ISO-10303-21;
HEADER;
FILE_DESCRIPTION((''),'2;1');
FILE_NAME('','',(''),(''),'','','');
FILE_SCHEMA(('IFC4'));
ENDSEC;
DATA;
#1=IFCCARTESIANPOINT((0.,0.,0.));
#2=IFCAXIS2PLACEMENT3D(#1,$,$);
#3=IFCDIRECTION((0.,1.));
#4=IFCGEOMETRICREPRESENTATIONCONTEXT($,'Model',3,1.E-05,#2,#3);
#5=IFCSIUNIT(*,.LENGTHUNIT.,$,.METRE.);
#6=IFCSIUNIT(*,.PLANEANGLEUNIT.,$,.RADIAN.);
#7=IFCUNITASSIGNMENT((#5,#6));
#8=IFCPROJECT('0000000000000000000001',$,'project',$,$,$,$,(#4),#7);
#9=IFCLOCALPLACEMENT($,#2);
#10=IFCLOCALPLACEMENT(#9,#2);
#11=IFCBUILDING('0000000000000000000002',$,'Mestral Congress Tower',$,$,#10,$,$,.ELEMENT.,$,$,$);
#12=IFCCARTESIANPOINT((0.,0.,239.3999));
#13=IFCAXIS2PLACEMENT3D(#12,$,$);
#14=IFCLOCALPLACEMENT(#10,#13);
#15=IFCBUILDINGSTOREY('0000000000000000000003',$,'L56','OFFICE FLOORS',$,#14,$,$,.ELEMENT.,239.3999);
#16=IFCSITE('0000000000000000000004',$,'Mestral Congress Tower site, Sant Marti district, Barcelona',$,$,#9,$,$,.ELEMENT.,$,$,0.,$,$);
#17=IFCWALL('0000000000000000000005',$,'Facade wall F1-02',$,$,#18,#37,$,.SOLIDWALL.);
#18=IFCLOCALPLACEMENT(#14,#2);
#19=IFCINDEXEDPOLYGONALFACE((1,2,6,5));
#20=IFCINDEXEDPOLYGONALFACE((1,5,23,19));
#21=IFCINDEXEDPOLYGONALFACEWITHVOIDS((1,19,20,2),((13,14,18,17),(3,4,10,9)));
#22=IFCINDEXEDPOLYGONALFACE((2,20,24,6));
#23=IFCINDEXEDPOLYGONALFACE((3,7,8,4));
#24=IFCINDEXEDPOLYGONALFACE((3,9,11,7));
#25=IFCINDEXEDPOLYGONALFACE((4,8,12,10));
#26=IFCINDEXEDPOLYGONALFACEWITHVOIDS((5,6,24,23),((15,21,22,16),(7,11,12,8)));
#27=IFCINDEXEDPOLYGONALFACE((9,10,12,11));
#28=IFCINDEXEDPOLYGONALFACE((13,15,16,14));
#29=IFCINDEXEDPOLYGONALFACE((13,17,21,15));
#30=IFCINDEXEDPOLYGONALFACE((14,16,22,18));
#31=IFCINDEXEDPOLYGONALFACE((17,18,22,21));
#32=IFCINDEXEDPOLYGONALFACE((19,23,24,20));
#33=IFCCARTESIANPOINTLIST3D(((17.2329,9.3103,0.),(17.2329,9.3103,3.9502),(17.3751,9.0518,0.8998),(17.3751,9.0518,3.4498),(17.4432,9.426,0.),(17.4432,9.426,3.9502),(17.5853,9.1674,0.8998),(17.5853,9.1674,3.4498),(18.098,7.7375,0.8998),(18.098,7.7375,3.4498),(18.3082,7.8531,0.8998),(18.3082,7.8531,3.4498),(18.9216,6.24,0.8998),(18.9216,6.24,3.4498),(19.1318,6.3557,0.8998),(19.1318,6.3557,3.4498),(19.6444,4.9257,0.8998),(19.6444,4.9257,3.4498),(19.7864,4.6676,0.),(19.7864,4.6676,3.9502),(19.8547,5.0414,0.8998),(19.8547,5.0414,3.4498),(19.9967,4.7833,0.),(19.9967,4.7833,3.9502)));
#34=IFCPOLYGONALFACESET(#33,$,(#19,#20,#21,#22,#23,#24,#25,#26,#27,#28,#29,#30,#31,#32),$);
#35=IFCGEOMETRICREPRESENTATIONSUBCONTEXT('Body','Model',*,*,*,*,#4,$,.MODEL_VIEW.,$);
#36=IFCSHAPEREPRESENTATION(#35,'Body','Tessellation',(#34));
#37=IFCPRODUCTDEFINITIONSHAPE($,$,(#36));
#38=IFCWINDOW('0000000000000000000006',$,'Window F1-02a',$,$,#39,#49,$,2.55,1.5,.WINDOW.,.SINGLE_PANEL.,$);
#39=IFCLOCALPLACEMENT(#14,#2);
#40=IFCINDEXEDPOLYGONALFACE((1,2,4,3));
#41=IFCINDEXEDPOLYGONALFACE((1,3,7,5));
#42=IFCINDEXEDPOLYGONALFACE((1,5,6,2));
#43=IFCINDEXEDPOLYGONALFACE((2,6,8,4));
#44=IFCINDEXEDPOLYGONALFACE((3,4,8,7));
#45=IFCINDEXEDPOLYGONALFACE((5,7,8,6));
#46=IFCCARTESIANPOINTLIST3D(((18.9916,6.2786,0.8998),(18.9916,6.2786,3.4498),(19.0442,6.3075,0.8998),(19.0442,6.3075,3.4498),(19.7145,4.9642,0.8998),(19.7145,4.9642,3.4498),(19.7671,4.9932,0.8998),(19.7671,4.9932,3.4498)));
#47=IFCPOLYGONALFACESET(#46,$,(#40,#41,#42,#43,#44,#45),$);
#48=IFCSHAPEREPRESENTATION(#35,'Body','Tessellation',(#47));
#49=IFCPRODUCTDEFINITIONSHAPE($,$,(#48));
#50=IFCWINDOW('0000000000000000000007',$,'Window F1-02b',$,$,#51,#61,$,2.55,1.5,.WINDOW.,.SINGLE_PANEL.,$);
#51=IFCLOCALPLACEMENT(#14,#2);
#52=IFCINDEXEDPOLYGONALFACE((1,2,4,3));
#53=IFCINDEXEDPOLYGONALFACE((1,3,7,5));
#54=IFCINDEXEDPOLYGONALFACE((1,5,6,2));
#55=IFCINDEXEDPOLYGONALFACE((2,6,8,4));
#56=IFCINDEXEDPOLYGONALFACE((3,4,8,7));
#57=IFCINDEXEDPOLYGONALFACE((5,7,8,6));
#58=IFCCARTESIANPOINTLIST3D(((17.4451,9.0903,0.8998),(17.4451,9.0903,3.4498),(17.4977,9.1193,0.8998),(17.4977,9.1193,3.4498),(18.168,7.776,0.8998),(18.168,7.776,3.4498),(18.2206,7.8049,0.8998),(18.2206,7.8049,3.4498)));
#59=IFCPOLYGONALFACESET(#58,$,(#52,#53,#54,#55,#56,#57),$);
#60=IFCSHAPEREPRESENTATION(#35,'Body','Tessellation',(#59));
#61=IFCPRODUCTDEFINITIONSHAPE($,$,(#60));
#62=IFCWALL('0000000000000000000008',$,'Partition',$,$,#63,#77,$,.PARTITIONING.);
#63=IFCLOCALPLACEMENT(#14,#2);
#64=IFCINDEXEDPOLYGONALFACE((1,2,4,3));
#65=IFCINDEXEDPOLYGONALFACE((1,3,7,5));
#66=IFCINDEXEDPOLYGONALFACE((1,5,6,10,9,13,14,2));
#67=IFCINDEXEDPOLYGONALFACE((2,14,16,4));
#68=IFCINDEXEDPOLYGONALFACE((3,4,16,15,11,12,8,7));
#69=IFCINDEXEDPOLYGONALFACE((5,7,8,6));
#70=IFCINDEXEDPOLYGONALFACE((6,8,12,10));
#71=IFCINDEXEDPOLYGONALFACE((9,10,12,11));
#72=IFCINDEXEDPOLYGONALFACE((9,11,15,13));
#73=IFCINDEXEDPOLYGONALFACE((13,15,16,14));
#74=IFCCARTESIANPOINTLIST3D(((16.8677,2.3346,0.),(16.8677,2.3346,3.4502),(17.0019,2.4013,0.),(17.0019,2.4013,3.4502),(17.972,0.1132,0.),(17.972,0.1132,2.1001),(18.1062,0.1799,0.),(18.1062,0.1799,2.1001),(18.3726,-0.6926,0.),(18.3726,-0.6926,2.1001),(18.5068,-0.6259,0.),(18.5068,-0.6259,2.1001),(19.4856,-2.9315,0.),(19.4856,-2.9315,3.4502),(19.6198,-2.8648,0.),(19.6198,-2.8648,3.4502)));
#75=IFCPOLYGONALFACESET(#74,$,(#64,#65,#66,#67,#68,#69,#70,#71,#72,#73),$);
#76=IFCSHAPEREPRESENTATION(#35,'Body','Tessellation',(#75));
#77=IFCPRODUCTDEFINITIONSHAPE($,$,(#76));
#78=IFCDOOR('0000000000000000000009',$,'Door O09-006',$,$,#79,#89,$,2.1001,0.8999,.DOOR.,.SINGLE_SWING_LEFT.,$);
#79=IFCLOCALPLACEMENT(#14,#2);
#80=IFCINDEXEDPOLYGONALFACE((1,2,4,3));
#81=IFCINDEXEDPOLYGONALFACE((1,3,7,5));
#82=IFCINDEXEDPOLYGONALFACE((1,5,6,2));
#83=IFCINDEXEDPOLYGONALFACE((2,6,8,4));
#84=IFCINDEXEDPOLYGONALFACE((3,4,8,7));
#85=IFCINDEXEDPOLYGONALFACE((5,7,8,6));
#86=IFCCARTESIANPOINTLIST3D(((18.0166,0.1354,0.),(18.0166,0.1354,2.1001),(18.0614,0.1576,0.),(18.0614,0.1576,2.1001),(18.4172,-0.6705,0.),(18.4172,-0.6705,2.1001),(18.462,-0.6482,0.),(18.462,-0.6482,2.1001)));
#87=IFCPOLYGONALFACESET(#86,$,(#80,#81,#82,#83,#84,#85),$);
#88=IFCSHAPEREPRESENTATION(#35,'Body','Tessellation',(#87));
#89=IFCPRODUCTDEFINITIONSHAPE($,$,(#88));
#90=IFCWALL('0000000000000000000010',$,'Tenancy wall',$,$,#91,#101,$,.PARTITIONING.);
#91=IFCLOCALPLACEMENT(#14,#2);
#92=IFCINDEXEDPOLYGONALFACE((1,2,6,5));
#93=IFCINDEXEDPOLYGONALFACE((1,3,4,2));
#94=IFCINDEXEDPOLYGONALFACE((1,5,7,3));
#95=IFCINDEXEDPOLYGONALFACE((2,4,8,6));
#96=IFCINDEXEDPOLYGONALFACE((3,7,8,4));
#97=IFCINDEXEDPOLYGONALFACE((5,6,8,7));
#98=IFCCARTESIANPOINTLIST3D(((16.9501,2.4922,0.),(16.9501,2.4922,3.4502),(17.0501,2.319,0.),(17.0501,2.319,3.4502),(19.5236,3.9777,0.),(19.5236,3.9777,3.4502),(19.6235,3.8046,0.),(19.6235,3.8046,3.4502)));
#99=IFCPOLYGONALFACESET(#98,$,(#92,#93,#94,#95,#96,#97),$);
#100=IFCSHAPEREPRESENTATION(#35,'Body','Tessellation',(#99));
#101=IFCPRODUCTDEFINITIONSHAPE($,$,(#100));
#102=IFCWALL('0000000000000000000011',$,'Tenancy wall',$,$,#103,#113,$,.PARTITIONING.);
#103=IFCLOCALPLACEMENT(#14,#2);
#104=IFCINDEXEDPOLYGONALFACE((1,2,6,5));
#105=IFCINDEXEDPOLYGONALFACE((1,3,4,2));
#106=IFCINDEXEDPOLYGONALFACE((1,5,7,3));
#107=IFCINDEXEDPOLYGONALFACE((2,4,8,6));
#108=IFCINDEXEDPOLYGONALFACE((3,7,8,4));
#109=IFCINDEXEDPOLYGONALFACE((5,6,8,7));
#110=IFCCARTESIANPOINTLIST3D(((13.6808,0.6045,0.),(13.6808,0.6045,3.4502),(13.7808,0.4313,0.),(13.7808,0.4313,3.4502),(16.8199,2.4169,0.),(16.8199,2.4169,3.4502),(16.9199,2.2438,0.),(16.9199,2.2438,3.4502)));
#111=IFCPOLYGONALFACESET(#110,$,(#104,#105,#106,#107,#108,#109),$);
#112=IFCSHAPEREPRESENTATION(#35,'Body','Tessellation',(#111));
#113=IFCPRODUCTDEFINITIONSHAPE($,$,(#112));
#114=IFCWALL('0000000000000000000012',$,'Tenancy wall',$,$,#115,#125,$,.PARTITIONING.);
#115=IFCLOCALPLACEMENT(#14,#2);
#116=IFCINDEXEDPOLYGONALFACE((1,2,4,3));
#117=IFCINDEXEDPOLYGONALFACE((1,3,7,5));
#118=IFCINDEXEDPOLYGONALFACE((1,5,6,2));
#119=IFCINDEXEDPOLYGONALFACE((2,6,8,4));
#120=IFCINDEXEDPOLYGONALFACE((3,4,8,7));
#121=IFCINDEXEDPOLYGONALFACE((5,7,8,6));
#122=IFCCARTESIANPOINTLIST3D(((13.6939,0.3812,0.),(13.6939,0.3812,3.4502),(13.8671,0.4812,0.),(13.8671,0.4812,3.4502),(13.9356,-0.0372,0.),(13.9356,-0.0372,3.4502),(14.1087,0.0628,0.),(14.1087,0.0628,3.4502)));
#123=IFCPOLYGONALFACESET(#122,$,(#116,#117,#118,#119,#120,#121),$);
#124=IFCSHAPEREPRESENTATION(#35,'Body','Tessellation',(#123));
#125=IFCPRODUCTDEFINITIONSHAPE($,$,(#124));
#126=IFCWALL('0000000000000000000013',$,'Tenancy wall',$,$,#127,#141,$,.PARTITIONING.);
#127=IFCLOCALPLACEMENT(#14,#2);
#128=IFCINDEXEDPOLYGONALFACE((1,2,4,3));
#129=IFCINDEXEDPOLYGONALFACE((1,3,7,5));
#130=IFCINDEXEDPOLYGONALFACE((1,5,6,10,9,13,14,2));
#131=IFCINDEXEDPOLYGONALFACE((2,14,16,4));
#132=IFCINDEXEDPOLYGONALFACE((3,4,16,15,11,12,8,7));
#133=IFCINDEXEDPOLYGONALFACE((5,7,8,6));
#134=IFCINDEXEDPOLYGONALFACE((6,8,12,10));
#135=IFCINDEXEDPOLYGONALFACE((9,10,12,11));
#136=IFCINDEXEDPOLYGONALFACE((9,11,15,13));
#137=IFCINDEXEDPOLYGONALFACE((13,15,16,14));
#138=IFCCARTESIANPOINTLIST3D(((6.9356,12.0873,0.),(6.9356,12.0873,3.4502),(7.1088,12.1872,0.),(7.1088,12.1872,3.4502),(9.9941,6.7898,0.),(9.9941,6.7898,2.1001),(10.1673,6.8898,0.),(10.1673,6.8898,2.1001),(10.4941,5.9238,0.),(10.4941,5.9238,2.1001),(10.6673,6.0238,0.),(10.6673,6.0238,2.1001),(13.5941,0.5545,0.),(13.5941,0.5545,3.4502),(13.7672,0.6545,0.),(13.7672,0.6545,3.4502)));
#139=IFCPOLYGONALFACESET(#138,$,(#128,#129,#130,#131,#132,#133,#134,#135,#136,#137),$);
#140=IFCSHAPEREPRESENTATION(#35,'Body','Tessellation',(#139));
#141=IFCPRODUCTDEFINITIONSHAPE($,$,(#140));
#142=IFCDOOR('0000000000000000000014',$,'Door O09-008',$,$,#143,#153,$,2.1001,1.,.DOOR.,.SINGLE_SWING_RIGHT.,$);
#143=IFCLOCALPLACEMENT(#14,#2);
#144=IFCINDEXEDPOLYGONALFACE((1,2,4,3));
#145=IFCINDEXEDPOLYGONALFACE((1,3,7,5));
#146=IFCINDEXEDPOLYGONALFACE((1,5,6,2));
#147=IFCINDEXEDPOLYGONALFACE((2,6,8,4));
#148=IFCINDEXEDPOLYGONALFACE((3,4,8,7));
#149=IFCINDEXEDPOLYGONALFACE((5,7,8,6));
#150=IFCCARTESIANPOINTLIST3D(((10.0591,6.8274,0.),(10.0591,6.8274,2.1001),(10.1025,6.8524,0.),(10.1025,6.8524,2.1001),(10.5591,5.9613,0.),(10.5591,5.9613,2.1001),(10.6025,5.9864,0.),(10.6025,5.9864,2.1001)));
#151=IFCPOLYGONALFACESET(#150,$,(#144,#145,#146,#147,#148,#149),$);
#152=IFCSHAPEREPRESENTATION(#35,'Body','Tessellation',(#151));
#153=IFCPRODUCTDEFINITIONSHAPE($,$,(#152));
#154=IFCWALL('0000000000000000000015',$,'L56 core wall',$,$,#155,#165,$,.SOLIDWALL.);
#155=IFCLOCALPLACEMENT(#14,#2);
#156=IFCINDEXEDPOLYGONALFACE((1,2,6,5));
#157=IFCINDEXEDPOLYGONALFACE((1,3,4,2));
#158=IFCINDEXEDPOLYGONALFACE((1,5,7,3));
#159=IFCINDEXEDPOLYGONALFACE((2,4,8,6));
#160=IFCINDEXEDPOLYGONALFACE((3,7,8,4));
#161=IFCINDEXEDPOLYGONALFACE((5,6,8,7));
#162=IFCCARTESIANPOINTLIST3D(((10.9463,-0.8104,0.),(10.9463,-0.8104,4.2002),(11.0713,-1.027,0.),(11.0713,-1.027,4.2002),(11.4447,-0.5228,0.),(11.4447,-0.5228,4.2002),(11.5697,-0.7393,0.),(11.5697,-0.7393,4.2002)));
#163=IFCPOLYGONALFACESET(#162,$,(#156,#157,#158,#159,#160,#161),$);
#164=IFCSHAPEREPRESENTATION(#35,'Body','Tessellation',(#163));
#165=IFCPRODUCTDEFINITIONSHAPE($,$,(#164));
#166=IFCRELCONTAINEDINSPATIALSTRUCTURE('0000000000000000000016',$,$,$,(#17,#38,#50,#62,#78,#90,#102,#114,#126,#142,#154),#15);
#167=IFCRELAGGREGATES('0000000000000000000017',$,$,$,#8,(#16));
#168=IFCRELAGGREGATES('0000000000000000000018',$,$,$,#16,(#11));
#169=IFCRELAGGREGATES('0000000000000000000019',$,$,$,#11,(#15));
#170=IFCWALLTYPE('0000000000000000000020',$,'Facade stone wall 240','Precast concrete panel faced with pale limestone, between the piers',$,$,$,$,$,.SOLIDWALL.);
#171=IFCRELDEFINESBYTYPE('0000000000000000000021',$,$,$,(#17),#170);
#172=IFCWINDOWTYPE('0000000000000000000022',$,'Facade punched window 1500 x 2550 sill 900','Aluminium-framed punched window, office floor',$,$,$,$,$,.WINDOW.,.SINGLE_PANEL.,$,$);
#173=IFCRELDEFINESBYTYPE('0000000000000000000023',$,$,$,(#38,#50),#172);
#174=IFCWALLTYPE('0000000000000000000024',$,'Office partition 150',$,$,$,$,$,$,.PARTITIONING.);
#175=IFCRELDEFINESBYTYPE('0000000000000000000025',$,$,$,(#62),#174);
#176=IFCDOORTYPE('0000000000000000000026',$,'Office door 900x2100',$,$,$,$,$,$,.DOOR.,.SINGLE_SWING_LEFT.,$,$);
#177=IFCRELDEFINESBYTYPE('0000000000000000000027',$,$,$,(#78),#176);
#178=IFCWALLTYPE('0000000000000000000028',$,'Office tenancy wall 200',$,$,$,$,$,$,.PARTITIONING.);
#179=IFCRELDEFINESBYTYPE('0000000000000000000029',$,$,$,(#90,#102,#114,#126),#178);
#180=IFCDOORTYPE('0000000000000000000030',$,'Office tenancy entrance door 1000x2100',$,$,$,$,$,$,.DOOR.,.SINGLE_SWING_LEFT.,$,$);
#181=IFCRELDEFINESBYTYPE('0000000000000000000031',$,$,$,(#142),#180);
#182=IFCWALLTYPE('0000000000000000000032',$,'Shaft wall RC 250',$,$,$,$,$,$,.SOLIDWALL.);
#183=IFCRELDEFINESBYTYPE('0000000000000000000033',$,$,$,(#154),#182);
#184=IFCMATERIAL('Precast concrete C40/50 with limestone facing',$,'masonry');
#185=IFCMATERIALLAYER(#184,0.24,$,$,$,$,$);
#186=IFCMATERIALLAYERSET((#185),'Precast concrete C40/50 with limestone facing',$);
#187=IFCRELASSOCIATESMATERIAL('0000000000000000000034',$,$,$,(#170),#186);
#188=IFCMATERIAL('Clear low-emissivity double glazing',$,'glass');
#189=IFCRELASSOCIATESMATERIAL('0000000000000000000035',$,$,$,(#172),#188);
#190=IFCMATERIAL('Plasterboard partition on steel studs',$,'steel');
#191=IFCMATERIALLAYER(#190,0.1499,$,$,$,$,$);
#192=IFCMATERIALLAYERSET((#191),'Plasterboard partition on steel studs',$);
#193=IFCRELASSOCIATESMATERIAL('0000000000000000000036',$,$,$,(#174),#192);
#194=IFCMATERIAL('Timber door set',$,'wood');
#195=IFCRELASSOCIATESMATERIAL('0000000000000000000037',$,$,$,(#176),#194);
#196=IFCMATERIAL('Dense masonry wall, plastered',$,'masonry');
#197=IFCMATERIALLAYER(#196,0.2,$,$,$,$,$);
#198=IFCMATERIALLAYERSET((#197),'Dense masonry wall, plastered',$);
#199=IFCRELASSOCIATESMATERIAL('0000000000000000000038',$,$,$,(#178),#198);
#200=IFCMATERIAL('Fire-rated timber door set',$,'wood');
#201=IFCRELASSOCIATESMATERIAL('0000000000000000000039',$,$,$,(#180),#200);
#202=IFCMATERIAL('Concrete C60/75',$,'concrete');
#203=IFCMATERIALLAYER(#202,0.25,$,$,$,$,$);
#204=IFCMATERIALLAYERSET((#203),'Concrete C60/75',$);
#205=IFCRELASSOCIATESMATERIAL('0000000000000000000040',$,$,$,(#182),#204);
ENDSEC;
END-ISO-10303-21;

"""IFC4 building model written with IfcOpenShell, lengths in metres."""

from ifc_helpers import new_model, si_unit, direction, frame, frame_2d, origin, place, context, subcontext, project, spatial, rectangle, extrude, material, layer, layer_set, type_object, element, fill, save


model = new_model("IFC4")

# Units and contexts
model_context = context("Model", 3, precision=1e-05, world=origin(), true_north=direction((0.0, 1.0)))
body_context = subcontext(model_context, "Body", "Model", "MODEL_VIEW")
ifc_project = project(units=[si_unit("LENGTHUNIT", "METRE"), si_unit("PLANEANGLEUNIT", "RADIAN")], contexts=[model_context])

# Site, building, storey
site_placement = place(None, origin())
site = spatial("IfcSite", under=ifc_project, at=site_placement, Name="Mestral Congress Tower site, Sant Marti district, Barcelona", CompositionType="ELEMENT", RefElevation=0.0)
building_placement = place(site_placement, origin())
building = spatial("IfcBuilding", under=site, at=building_placement, Name="Mestral Congress Tower", CompositionType="ELEMENT")
storey_placement = place(building_placement, frame((0.0, 0.0, 239.3999)))
storey = spatial("IfcBuildingStorey", under=building, at=storey_placement, Name="L56", Description="OFFICE FLOORS", CompositionType="ELEMENT", Elevation=239.3999)

# Shared definitions
ifc_material_1 = material(Name="Concrete C60/75", Category="concrete")

# Wall, openings, windows
ifc_material_2 = material(Name="Precast concrete C40/50 with limestone facing", Category="masonry")
ifc_layer_1 = layer(ifc_material_2, 0.24)
ifc_layer_set_1 = layer_set([ifc_layer_1], Name="Precast concrete C40/50 with limestone facing")
wall_type_1 = type_object("IfcWallType", Name="Facade stone wall 240", Description="Precast concrete panel faced with pale limestone, between the piers", PredefinedType="SOLIDWALL", material=ifc_layer_set_1)
ifc_material_3 = material(Name="Clear low-emissivity double glazing", Category="glass")
window_type = type_object("IfcWindowType", Name="Facade punched window 1500 x 2550 sill 900", Description="Aluminium-framed punched window, office floor", PartitioningType="SINGLE_PANEL", PredefinedType="WINDOW", material=ifc_material_3)
wall_1_placement = place(storey_placement, frame((19.8916, 4.7253, 0.0), z_axis=(0.0, 0.0, 1.0), x_axis=(-0.481926, 0.876212, 0.0)))
wall_1 = element("IfcWall", 1, at=wall_1_placement, inside=storey, type_object=wall_type_1, Name="Facade wall F1-02", PredefinedType="SOLIDWALL", context=body_context, shape_type="SweptSolid", body=[
    extrude(rectangle(XDim=5.2986, YDim=0.24, at=frame_2d((2.6494, 0.0))), origin(), (0.0, 0.0, 1.0), 3.9502),
])
opening_1_placement = place(wall_1_placement, frame((0.2947, 0.0, 0.8999)))
opening_1 = element("IfcOpeningElement", 2, at=opening_1_placement, cuts=wall_1, PredefinedType="OPENING", context=body_context, shape_type="SweptSolid", body=[
    extrude(rectangle(XDim=1.5, YDim=2.55, at=frame_2d((0.75, 1.2749))), frame((0.0, 0.1299, 0.0), z_axis=(0.0, -1.0, 0.0), x_axis=(1.0, 0.0, 0.0)), (0.0, 0.0, 1.0), 0.26),
])
opening_2_placement = place(wall_1_placement, frame((3.5037, 0.0, 0.8999)))
opening_2 = element("IfcOpeningElement", 3, at=opening_2_placement, cuts=wall_1, PredefinedType="OPENING", context=body_context, shape_type="SweptSolid", body=[
    extrude(rectangle(XDim=1.5, YDim=2.55, at=frame_2d((0.75, 1.2749))), frame((0.0, 0.1299, 0.0), z_axis=(0.0, -1.0, 0.0), x_axis=(1.0, 0.0, 0.0)), (0.0, 0.0, 1.0), 0.26),
])
window_1_placement = place(opening_1_placement, origin())
window_1 = element("IfcWindow", 4, at=window_1_placement, inside=storey, type_object=window_type, Name="Window F1-02a", OverallHeight=2.55, OverallWidth=1.5, PartitioningType="SINGLE_PANEL", PredefinedType="WINDOW", context=body_context, shape_type="SweptSolid", body=[
    extrude(rectangle(XDim=1.5, YDim=2.55, at=frame_2d((0.75, 1.2749))), frame((0.0, 0.04, 0.0), z_axis=(0.0, -1.0, 0.0), x_axis=(1.0, 0.0, 0.0)), (0.0, 0.0, 1.0), 0.0601),
])
fill(opening_1, window_1)
window_2_placement = place(opening_2_placement, origin())
window_2 = element("IfcWindow", 5, at=window_2_placement, inside=storey, type_object=window_type, Name="Window F1-02b", OverallHeight=2.55, OverallWidth=1.5, PartitioningType="SINGLE_PANEL", PredefinedType="WINDOW", context=body_context, shape_type="SweptSolid", body=[
    extrude(rectangle(XDim=1.5, YDim=2.55, at=frame_2d((0.75, 1.2749))), frame((0.0, 0.04, 0.0), z_axis=(0.0, -1.0, 0.0), x_axis=(1.0, 0.0, 0.0)), (0.0, 0.0, 1.0), 0.0601),
])
fill(opening_2, window_2)

# Wall, opening, door
ifc_material_4 = material(Name="Plasterboard partition on steel studs", Category="steel")
ifc_layer_2 = layer(ifc_material_4, 0.1499)
ifc_layer_set_2 = layer_set([ifc_layer_2], Name="Plasterboard partition on steel studs")
wall_type_2 = type_object("IfcWallType", Name="Office partition 150", PredefinedType="PARTITIONING", material=ifc_layer_set_2)
wall_2_placement = place(storey_placement, frame((16.9348, 2.3679, 0.0), z_axis=(0.0, 0.0, 1.0), x_axis=(0.445153, -0.895454, 0.0)))
wall_2 = element("IfcWall", 6, at=wall_2_placement, inside=storey, type_object=wall_type_2, Name="Partition", PredefinedType="PARTITIONING", context=body_context, shape_type="SweptSolid", body=[
    extrude(rectangle(XDim=5.8809, YDim=0.1499, at=frame_2d((2.9404, 0.0))), origin(), (0.0, 0.0, 1.0), 3.4502),
])
opening_3_placement = place(wall_2_placement, frame((2.4807, 0.0, 0.0)))
opening_3 = element("IfcOpeningElement", 7, at=opening_3_placement, cuts=wall_2, PredefinedType="OPENING", context=body_context, shape_type="SweptSolid", body=[
    extrude(rectangle(XDim=0.8999, YDim=2.1001, at=frame_2d((0.45, 1.05))), frame((0.0, 0.085, 0.0), z_axis=(0.0, -1.0, 0.0), x_axis=(1.0, 0.0, 0.0)), (0.0, 0.0, 1.0), 0.1699),
])
ifc_material_5 = material(Name="Timber door set", Category="wood")
door_type_1 = type_object("IfcDoorType", Name="Office door 900x2100", OperationType="SINGLE_SWING_LEFT", PredefinedType="DOOR", material=ifc_material_5)
door_1_placement = place(opening_3_placement, origin())
door_1 = element("IfcDoor", 8, at=door_1_placement, inside=storey, type_object=door_type_1, Name="Door O09-006", OperationType="SINGLE_SWING_LEFT", OverallHeight=2.1001, OverallWidth=0.8999, PredefinedType="DOOR", context=body_context, shape_type="SweptSolid", body=[
    extrude(rectangle(XDim=0.8999, YDim=2.1001, at=frame_2d((0.45, 1.05))), frame((0.0, 0.0249, 0.0), z_axis=(0.0, -1.0, 0.0), x_axis=(1.0, 0.0, 0.0)), (0.0, 0.0, 1.0), 0.05),
])
fill(opening_3, door_1)

# Walls
ifc_material_6 = material(Name="Dense masonry wall, plastered", Category="masonry")
ifc_layer_3 = layer(ifc_material_6, 0.2)
ifc_layer_set_3 = layer_set([ifc_layer_3], Name="Dense masonry wall, plastered")
wall_type_3 = type_object("IfcWallType", Name="Office tenancy wall 200", PredefinedType="PARTITIONING", material=ifc_layer_set_3)
wall_3_placement = place(storey_placement, frame((17.0, 2.4055, 0.0), z_axis=(0.0, 0.0, 1.0), x_axis=(0.866056, 0.499948, 0.0)))
element("IfcWall", 9, at=wall_3_placement, inside=storey, type_object=wall_type_3, Name="Tenancy wall", PredefinedType="PARTITIONING", context=body_context, shape_type="SweptSolid", body=[
    extrude(rectangle(XDim=2.9714, YDim=0.2, at=frame_2d((1.4858, 0.0))), origin(), (0.0, 0.0, 1.0), 3.4502),
])
wall_4_placement = place(storey_placement, frame((13.7307, 0.5178, 0.0), z_axis=(0.0, 0.0, 1.0), x_axis=(0.866013, 0.500022, 0.0)))
element("IfcWall", 10, at=wall_4_placement, inside=storey, type_object=wall_type_3, Name="Tenancy wall", PredefinedType="PARTITIONING", context=body_context, shape_type="SweptSolid", body=[
    extrude(rectangle(XDim=3.6248, YDim=0.2, at=frame_2d((1.8125, 0.0))), origin(), (0.0, 0.0, 1.0), 3.4502),
])
wall_5_placement = place(storey_placement, frame((14.0222, 0.0127, 0.0), z_axis=(0.0, 0.0, 1.0), x_axis=(-0.50016, 0.865933, 0.0)))
element("IfcWall", 11, at=wall_5_placement, inside=storey, type_object=wall_type_3, Name="Tenancy wall", PredefinedType="PARTITIONING", context=body_context, shape_type="SweptSolid", body=[
    extrude(rectangle(XDim=0.4832, YDim=0.2, at=frame_2d((0.2417, 0.0))), origin(), (0.0, 0.0, 1.0), 3.4502),
])

# Wall, opening, door
wall_6_placement = place(storey_placement, frame((13.6807, 0.6045, 0.0), z_axis=(0.0, 0.0, 1.0), x_axis=(-0.500002, 0.866024, 0.0)))
wall_6 = element("IfcWall", 12, at=wall_6_placement, inside=storey, type_object=wall_type_3, Name="Tenancy wall", PredefinedType="PARTITIONING", context=body_context, shape_type="SweptSolid", body=[
    extrude(rectangle(XDim=13.3169, YDim=0.2, at=frame_2d((6.6584, 0.0))), origin(), (0.0, 0.0, 1.0), 3.4502),
])
opening_4_placement = place(wall_6_placement, frame((6.2, 0.0, 0.0)))
opening_4 = element("IfcOpeningElement", 13, at=opening_4_placement, cuts=wall_6, PredefinedType="OPENING", context=body_context, shape_type="SweptSolid", body=[
    extrude(rectangle(XDim=1.0, YDim=2.1001, at=frame_2d((0.5, 1.05))), frame((0.0, 0.1099, 0.0), z_axis=(0.0, -1.0, 0.0), x_axis=(1.0, 0.0, 0.0)), (0.0, 0.0, 1.0), 0.22),
])
ifc_material_7 = material(Name="Fire-rated timber door set", Category="wood")
door_type_2 = type_object("IfcDoorType", Name="Office tenancy entrance door 1000x2100", OperationType="SINGLE_SWING_LEFT", PredefinedType="DOOR", material=ifc_material_7)
door_2_placement = place(opening_4_placement, origin())
door_2 = element("IfcDoor", 14, at=door_2_placement, inside=storey, type_object=door_type_2, Name="Door O09-008", OperationType="SINGLE_SWING_RIGHT", OverallHeight=2.1001, OverallWidth=1.0, PredefinedType="DOOR", context=body_context, shape_type="SweptSolid", body=[
    extrude(rectangle(XDim=1.0, YDim=2.1001, at=frame_2d((0.5, 1.05))), frame((0.0, 0.0249, 0.0), z_axis=(0.0, -1.0, 0.0), x_axis=(1.0, 0.0, 0.0)), (0.0, 0.0, 1.0), 0.05),
])
fill(opening_4, door_2)

# Wall
ifc_layer_4 = layer(ifc_material_1, 0.25)
ifc_layer_set_4 = layer_set([ifc_layer_4], Name="Concrete C60/75")
wall_type_4 = type_object("IfcWallType", Name="Shaft wall RC 250", PredefinedType="SOLIDWALL", material=ifc_layer_set_4)
wall_7_placement = place(storey_placement, frame((11.5071, -0.6311, 0.0), z_axis=(0.0, 0.0, 1.0), x_axis=(-0.866094, -0.499882, 0.0)))
element("IfcWall", 15, at=wall_7_placement, inside=storey, type_object=wall_type_4, Name="L56 core wall", PredefinedType="SOLIDWALL", context=body_context, shape_type="SweptSolid", body=[
    extrude(rectangle(XDim=0.5754, YDim=0.25, at=frame_2d((0.2876, 0.0))), origin(), (0.0, 0.0, 1.0), 4.2002),
])

save(model, "model.ifc")
